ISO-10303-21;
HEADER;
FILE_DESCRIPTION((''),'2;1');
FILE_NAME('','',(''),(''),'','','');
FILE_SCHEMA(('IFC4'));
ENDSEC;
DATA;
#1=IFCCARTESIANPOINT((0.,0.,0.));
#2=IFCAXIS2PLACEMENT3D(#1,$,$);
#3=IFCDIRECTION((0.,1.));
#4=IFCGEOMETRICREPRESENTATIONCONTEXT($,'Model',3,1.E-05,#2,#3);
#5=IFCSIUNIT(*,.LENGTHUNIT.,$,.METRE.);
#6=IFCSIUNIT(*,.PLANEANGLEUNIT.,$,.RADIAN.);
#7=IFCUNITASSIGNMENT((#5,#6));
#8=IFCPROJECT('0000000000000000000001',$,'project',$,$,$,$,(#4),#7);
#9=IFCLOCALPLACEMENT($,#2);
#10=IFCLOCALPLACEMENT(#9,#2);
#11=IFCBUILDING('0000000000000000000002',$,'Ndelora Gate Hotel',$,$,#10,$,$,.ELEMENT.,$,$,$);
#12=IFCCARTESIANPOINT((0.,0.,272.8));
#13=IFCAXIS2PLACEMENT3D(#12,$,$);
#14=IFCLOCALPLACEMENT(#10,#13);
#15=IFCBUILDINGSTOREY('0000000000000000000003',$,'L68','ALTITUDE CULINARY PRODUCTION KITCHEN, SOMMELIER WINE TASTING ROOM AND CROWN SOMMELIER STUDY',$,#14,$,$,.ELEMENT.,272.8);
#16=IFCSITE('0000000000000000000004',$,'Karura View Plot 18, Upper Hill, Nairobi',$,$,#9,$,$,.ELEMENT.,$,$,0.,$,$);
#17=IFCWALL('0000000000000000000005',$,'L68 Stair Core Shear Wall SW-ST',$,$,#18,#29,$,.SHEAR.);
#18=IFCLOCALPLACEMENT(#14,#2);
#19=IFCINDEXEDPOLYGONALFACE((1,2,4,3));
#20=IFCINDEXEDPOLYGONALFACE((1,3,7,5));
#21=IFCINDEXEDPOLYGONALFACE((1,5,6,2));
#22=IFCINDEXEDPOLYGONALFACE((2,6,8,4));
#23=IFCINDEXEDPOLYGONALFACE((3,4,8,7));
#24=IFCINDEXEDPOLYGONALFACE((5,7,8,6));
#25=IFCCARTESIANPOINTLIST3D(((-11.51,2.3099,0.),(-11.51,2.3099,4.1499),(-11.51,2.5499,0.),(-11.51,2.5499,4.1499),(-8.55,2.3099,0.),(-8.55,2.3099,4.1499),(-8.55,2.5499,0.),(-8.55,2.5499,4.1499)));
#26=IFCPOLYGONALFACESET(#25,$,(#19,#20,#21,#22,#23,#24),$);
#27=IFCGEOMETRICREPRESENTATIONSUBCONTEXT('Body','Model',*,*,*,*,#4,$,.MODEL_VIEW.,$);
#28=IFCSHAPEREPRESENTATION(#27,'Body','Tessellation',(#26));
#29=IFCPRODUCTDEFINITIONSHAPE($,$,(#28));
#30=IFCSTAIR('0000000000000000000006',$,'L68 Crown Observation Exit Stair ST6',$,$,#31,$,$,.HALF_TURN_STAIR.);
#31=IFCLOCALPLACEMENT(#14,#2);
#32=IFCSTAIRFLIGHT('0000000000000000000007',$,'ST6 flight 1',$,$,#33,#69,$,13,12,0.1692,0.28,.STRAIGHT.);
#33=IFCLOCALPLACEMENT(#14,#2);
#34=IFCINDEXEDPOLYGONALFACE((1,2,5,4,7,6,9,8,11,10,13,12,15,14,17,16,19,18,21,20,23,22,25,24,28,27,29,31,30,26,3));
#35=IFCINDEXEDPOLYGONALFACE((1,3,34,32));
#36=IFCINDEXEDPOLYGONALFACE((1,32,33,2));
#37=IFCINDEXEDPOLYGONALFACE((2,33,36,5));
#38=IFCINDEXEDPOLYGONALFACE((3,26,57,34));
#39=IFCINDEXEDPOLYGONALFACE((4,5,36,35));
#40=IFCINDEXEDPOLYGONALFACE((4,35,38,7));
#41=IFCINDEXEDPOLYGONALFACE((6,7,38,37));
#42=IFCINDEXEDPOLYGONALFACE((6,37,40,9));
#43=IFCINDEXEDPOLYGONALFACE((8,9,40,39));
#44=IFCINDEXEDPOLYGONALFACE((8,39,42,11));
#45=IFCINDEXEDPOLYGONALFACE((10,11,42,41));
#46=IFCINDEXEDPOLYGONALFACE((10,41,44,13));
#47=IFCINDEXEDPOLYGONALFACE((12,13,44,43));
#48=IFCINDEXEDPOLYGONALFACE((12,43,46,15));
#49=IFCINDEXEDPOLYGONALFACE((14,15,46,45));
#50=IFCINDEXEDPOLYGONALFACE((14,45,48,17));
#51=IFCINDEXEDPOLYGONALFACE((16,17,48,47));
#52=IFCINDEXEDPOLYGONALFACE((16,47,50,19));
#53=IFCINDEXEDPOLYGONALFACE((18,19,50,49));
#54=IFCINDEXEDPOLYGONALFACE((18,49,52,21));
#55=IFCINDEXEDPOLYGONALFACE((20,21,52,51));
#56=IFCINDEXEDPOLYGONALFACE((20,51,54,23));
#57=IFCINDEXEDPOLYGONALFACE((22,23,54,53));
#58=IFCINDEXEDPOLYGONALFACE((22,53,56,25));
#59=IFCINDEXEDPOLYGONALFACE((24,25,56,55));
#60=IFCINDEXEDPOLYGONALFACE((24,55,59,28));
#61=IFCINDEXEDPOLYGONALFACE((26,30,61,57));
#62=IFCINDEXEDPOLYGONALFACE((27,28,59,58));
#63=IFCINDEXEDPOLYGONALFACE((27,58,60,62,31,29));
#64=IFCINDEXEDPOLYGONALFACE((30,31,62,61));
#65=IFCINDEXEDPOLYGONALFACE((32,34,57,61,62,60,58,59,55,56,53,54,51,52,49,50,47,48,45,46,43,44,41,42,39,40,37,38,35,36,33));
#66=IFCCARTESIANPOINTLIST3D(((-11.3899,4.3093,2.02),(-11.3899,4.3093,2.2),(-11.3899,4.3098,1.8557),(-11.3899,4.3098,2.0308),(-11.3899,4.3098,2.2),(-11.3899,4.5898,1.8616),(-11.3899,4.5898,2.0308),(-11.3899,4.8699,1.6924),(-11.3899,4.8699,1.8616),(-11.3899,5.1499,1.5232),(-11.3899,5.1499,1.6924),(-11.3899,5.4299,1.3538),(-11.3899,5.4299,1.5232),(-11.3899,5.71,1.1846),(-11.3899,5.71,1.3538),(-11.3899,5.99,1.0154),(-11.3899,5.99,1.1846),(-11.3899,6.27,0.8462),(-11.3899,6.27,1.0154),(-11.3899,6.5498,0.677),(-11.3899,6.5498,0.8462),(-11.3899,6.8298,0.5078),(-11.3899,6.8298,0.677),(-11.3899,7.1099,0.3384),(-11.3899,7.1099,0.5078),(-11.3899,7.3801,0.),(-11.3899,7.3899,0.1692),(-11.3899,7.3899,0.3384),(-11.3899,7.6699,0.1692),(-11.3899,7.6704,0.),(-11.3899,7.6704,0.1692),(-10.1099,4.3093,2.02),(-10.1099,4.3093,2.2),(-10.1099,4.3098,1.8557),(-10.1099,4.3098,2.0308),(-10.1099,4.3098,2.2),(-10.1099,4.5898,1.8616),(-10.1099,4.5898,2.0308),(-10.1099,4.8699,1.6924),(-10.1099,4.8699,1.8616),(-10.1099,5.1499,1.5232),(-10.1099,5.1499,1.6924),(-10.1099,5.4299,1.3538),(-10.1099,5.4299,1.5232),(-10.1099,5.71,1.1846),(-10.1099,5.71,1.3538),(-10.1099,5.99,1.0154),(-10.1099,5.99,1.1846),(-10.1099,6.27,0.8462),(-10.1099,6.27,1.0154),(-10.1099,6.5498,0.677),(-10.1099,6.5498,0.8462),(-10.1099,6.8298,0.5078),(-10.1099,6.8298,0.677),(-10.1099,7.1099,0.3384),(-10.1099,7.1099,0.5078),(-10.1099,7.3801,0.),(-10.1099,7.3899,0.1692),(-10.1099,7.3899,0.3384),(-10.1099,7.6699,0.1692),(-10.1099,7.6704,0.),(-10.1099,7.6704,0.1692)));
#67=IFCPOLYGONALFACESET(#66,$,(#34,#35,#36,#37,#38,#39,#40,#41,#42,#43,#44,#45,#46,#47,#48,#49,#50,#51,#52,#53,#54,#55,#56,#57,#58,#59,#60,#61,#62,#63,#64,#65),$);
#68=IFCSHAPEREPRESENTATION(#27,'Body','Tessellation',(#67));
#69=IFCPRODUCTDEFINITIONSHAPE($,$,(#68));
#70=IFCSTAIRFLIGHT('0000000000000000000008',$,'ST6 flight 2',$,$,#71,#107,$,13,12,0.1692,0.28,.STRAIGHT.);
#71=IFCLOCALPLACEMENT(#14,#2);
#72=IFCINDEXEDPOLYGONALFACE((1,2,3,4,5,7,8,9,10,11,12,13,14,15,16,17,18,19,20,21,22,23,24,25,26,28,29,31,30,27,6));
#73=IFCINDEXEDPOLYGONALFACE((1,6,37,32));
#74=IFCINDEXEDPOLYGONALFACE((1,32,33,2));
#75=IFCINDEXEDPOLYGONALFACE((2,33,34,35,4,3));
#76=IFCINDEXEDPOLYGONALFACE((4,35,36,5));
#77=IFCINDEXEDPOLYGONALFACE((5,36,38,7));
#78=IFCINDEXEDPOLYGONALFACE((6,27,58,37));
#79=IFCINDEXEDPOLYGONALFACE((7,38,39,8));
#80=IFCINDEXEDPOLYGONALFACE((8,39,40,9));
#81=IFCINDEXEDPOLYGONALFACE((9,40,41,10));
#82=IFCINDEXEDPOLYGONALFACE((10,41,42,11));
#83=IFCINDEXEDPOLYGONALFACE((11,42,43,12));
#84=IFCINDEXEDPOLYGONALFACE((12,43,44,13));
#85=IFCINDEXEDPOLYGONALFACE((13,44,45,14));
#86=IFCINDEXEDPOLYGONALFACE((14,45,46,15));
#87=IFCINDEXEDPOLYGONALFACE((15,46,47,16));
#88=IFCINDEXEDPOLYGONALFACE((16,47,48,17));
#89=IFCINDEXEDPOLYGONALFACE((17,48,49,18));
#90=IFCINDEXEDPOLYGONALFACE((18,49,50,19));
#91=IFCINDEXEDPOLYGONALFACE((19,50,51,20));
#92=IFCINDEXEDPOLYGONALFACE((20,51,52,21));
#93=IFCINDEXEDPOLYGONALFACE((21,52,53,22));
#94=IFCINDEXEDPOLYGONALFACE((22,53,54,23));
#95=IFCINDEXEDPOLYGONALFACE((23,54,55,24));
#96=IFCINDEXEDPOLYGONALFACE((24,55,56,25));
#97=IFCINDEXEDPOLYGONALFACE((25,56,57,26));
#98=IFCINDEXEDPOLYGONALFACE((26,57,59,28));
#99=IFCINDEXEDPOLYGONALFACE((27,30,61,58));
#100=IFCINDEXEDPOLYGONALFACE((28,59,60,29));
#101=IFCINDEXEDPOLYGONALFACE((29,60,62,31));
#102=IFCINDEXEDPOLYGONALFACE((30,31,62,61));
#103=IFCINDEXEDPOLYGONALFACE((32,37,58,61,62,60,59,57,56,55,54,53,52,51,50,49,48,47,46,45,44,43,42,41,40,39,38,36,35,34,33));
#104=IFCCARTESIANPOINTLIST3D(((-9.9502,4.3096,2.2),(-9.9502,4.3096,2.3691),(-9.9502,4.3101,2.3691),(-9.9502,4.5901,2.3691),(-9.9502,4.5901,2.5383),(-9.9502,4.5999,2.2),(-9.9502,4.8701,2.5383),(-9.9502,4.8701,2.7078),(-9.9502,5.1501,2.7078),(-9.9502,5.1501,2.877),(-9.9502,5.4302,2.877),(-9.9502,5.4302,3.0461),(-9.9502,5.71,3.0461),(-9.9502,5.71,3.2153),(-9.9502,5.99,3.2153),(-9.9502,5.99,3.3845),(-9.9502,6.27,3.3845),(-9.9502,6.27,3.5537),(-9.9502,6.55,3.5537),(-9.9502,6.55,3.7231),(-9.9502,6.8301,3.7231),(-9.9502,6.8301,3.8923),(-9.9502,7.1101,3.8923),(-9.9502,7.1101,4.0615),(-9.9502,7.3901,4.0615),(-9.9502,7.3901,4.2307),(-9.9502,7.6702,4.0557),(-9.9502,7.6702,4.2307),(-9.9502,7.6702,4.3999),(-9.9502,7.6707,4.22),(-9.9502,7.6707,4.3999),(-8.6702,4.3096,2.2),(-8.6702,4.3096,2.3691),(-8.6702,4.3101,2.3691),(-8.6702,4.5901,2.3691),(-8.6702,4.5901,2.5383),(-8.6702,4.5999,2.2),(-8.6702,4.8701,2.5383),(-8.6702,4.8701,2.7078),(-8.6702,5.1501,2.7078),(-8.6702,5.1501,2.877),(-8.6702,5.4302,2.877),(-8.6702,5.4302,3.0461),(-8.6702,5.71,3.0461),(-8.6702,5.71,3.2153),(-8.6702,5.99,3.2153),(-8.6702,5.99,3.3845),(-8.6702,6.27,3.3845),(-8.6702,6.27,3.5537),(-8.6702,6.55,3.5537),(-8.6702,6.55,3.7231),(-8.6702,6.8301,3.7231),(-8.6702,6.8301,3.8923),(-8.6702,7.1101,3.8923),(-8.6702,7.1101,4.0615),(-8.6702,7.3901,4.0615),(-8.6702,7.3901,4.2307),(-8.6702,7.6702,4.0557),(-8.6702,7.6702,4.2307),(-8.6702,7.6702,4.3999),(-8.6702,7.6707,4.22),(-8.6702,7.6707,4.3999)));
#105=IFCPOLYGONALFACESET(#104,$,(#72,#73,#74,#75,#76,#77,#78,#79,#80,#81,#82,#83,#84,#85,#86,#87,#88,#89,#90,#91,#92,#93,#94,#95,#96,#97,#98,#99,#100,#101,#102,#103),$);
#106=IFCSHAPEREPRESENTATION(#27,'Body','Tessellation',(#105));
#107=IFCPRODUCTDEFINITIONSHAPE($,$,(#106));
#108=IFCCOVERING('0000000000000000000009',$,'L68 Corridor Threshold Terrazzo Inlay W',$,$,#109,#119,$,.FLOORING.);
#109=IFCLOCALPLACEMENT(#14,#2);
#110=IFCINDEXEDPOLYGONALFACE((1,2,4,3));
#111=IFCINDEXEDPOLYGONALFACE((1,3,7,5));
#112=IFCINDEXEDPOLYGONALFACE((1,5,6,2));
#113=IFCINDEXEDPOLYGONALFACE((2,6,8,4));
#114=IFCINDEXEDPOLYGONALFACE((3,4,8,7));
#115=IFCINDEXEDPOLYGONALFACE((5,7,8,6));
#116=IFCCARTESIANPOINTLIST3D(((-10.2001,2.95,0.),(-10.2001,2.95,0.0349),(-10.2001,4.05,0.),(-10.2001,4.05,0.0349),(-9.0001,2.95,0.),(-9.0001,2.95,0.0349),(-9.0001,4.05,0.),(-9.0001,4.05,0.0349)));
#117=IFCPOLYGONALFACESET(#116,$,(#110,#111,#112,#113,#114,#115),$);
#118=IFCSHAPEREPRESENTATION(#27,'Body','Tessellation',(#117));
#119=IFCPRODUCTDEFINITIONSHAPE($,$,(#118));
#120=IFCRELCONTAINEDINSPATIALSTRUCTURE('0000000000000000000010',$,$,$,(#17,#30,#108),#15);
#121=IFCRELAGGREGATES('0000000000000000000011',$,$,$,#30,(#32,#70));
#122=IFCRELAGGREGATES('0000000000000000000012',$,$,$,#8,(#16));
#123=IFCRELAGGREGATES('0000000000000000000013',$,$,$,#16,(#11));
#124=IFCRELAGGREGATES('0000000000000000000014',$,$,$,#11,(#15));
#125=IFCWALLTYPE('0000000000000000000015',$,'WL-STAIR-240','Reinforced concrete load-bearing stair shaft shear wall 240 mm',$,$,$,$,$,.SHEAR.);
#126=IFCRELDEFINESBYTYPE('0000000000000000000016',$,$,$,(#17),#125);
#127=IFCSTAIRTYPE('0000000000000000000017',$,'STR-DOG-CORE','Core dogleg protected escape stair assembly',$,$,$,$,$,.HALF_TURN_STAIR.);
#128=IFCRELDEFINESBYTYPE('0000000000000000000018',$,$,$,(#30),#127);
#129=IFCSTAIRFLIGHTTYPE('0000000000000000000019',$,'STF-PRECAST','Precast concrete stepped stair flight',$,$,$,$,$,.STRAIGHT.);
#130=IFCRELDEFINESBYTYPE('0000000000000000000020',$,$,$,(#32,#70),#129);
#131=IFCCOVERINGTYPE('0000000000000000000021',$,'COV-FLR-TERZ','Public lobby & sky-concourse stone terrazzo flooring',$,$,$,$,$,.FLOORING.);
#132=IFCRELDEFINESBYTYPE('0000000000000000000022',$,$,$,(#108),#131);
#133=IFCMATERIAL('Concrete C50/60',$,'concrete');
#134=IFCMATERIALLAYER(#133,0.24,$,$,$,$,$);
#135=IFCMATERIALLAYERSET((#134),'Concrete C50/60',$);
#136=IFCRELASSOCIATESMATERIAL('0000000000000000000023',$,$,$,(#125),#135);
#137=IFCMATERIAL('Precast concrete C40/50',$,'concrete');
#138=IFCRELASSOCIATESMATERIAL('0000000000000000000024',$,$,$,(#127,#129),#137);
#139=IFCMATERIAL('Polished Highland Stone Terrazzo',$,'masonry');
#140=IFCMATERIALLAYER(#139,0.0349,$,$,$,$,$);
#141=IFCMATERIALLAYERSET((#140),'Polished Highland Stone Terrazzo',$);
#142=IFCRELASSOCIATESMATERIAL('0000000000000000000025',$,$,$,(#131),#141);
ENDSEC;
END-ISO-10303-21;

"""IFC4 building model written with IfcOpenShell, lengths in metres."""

from ifc_helpers import new_model, si_unit, direction, frame, frame_2d, origin, origin_2d, place, context, subcontext, project, spatial, polyline, rectangle, outline, extrude, material, layer, layer_set, type_object, element, aggregate, save


model = new_model("IFC4")

# Units and contexts
model_context = context("Model", 3, precision=1e-05, world=origin(), true_north=direction((0.0, 1.0)))
body_context = subcontext(model_context, "Body", "Model", "MODEL_VIEW")
ifc_project = project(units=[si_unit("LENGTHUNIT", "METRE"), si_unit("PLANEANGLEUNIT", "RADIAN")], contexts=[model_context])

# Site, building, storey
site_placement = place(None, origin())
site = spatial("IfcSite", under=ifc_project, at=site_placement, Name="Karura View Plot 18, Upper Hill, Nairobi", CompositionType="ELEMENT", RefElevation=0.0)
building_placement = place(site_placement, origin())
building = spatial("IfcBuilding", under=site, at=building_placement, Name="Ndelora Gate Hotel", CompositionType="ELEMENT")
storey_placement = place(building_placement, frame((0.0, 0.0, 272.8)))
storey = spatial("IfcBuildingStorey", under=building, at=storey_placement, Name="L68", Description="ALTITUDE CULINARY PRODUCTION KITCHEN, SOMMELIER WINE TASTING ROOM AND CROWN SOMMELIER STUDY", CompositionType="ELEMENT", Elevation=272.8)

# Wall
ifc_material_1 = material(Name="Concrete C50/60", Category="concrete")
ifc_layer_1 = layer(ifc_material_1, 0.24)
ifc_layer_set_1 = layer_set([ifc_layer_1], Name="Concrete C50/60")
wall_type_1 = type_object("IfcWallType", Name="WL-STAIR-240", Description="Reinforced concrete load-bearing stair shaft shear wall 240 mm", PredefinedType="SHEAR", material=ifc_layer_set_1)
wall_1_placement = place(storey_placement, frame((-11.51, 2.4299, 0.0), z_axis=(0.0, 0.0, 1.0), x_axis=(1.0, 0.0, 0.0)))
element("IfcWall", 1, at=wall_1_placement, inside=storey, type_object=wall_type_1, Name="L68 Stair Core Shear Wall SW-ST", PredefinedType="SHEAR", context=body_context, shape_type="SweptSolid", body=[
    extrude(rectangle(XDim=2.96, YDim=0.24, at=frame_2d((1.48, 0.0))), origin(), (0.0, 0.0, 1.0), 4.1499),
])

# Stair, stair flights
ifc_material_2 = material(Name="Precast concrete C40/50", Category="concrete")
stair_type = type_object("IfcStairType", Name="STR-DOG-CORE", Description="Core dogleg protected escape stair assembly", PredefinedType="HALF_TURN_STAIR", material=ifc_material_2)
stair_placement = place(storey_placement, origin())
stair = element("IfcStair", 2, at=stair_placement, inside=storey, type_object=stair_type, Name="L68 Crown Observation Exit Stair ST6", PredefinedType="HALF_TURN_STAIR")
stair_flight_type = type_object("IfcStairFlightType", Name="STF-PRECAST", Description="Precast concrete stepped stair flight", PredefinedType="STRAIGHT", material=ifc_material_2)
stair_flight_1_placement = place(storey_placement, frame((-10.75, 7.6699, 0.0), z_axis=(0.0, 0.0, 1.0), x_axis=(0.0, -1.0, 0.0)))
stair_flight_1 = element("IfcStairFlight", 3, at=stair_flight_1_placement, type_object=stair_flight_type, Name="ST6 flight 1", NumberOfRisers=13, NumberOfTreads=12, PredefinedType="STRAIGHT", RiserHeight=0.1692, TreadLength=0.28, context=body_context, shape_type="SweptSolid", body=[
    extrude(outline(polyline([(-0.0005, 0.0), (-0.0005, 0.1692), (0.0, 0.1692), (0.28, 0.1692), (0.28, 0.3384), (0.5601, 0.3384), (0.5601, 0.5078), (0.8401, 0.5078), (0.8401, 0.677), (1.1201, 0.677), (1.1201, 0.8462), (1.3999, 0.8462), (1.3999, 1.0154), (1.6799, 1.0154), (1.6799, 1.1846), (1.96, 1.1846), (1.96, 1.3538), (2.24, 1.3538), (2.24, 1.5232), (2.52, 1.5232), (2.52, 1.6924), (2.8, 1.6924), (2.8, 1.8616), (3.0801, 1.8616), (3.0801, 2.0308), (3.3601, 2.0308), (3.3601, 2.2), (3.3606, 2.2), (3.3606, 2.02), (3.3601, 1.8557), (0.2898, 0.0), (-0.0005, 0.0)])), frame((0.0, 0.6401, 0.0), z_axis=(0.0, -1.0, 0.0), x_axis=(1.0, 0.0, 0.0)), (0.0, 0.0, 1.0), 1.28),
])
stair_flight_2_placement = place(storey_placement, frame((-9.3101, 4.3101, 2.2), z_axis=(0.0, 0.0, 1.0), x_axis=(0.0, 1.0, 0.0)))
stair_flight_2 = element("IfcStairFlight", 4, at=stair_flight_2_placement, type_object=stair_flight_type, Name="ST6 flight 2", NumberOfRisers=13, NumberOfTreads=12, PredefinedType="STRAIGHT", RiserHeight=0.1692, TreadLength=0.28, context=body_context, shape_type="SweptSolid", body=[
    extrude(outline(polyline([(-0.0005, 0.0), (-0.0005, 0.1692), (0.0, 0.1692), (0.28, 0.1692), (0.28, 0.3384), (0.5601, 0.3384), (0.5601, 0.5078), (0.8401, 0.5078), (0.8401, 0.677), (1.1201, 0.677), (1.1201, 0.8462), (1.3999, 0.8462), (1.3999, 1.0154), (1.6799, 1.0154), (1.6799, 1.1846), (1.96, 1.1846), (1.96, 1.3538), (2.24, 1.3538), (2.24, 1.5232), (2.52, 1.5232), (2.52, 1.6924), (2.8, 1.6924), (2.8, 1.8616), (3.0801, 1.8616), (3.0801, 2.0308), (3.3601, 2.0308), (3.3601, 2.2), (3.3606, 2.2), (3.3606, 2.02), (3.3601, 1.8557), (0.2898, 0.0), (-0.0005, 0.0)])), frame((0.0, 0.6401, 0.0), z_axis=(0.0, -1.0, 0.0), x_axis=(1.0, 0.0, 0.0)), (0.0, 0.0, 1.0), 1.28),
])
aggregate(stair, [stair_flight_1, stair_flight_2])

# Covering
ifc_material_3 = material(Name="Polished Highland Stone Terrazzo", Category="masonry")
ifc_layer_2 = layer(ifc_material_3, 0.0349)
ifc_layer_set_2 = layer_set([ifc_layer_2], Name="Polished Highland Stone Terrazzo")
covering_type = type_object("IfcCoveringType", Name="COV-FLR-TERZ", Description="Public lobby & sky-concourse stone terrazzo flooring", PredefinedType="FLOORING", material=ifc_layer_set_2)
covering_placement = place(storey_placement, frame((-9.6001, 3.5, 0.0), z_axis=(0.0, 0.0, 1.0), x_axis=(1.0, 0.0, 0.0)))
element("IfcCovering", 5, at=covering_placement, inside=storey, type_object=covering_type, Name="L68 Corridor Threshold Terrazzo Inlay W", PredefinedType="FLOORING", context=body_context, shape_type="SweptSolid", body=[
    extrude(rectangle(XDim=1.2, YDim=1.1001, at=origin_2d()), origin(), (0.0, 0.0, 1.0), 0.0349),
])

save(model, "model.ifc")
